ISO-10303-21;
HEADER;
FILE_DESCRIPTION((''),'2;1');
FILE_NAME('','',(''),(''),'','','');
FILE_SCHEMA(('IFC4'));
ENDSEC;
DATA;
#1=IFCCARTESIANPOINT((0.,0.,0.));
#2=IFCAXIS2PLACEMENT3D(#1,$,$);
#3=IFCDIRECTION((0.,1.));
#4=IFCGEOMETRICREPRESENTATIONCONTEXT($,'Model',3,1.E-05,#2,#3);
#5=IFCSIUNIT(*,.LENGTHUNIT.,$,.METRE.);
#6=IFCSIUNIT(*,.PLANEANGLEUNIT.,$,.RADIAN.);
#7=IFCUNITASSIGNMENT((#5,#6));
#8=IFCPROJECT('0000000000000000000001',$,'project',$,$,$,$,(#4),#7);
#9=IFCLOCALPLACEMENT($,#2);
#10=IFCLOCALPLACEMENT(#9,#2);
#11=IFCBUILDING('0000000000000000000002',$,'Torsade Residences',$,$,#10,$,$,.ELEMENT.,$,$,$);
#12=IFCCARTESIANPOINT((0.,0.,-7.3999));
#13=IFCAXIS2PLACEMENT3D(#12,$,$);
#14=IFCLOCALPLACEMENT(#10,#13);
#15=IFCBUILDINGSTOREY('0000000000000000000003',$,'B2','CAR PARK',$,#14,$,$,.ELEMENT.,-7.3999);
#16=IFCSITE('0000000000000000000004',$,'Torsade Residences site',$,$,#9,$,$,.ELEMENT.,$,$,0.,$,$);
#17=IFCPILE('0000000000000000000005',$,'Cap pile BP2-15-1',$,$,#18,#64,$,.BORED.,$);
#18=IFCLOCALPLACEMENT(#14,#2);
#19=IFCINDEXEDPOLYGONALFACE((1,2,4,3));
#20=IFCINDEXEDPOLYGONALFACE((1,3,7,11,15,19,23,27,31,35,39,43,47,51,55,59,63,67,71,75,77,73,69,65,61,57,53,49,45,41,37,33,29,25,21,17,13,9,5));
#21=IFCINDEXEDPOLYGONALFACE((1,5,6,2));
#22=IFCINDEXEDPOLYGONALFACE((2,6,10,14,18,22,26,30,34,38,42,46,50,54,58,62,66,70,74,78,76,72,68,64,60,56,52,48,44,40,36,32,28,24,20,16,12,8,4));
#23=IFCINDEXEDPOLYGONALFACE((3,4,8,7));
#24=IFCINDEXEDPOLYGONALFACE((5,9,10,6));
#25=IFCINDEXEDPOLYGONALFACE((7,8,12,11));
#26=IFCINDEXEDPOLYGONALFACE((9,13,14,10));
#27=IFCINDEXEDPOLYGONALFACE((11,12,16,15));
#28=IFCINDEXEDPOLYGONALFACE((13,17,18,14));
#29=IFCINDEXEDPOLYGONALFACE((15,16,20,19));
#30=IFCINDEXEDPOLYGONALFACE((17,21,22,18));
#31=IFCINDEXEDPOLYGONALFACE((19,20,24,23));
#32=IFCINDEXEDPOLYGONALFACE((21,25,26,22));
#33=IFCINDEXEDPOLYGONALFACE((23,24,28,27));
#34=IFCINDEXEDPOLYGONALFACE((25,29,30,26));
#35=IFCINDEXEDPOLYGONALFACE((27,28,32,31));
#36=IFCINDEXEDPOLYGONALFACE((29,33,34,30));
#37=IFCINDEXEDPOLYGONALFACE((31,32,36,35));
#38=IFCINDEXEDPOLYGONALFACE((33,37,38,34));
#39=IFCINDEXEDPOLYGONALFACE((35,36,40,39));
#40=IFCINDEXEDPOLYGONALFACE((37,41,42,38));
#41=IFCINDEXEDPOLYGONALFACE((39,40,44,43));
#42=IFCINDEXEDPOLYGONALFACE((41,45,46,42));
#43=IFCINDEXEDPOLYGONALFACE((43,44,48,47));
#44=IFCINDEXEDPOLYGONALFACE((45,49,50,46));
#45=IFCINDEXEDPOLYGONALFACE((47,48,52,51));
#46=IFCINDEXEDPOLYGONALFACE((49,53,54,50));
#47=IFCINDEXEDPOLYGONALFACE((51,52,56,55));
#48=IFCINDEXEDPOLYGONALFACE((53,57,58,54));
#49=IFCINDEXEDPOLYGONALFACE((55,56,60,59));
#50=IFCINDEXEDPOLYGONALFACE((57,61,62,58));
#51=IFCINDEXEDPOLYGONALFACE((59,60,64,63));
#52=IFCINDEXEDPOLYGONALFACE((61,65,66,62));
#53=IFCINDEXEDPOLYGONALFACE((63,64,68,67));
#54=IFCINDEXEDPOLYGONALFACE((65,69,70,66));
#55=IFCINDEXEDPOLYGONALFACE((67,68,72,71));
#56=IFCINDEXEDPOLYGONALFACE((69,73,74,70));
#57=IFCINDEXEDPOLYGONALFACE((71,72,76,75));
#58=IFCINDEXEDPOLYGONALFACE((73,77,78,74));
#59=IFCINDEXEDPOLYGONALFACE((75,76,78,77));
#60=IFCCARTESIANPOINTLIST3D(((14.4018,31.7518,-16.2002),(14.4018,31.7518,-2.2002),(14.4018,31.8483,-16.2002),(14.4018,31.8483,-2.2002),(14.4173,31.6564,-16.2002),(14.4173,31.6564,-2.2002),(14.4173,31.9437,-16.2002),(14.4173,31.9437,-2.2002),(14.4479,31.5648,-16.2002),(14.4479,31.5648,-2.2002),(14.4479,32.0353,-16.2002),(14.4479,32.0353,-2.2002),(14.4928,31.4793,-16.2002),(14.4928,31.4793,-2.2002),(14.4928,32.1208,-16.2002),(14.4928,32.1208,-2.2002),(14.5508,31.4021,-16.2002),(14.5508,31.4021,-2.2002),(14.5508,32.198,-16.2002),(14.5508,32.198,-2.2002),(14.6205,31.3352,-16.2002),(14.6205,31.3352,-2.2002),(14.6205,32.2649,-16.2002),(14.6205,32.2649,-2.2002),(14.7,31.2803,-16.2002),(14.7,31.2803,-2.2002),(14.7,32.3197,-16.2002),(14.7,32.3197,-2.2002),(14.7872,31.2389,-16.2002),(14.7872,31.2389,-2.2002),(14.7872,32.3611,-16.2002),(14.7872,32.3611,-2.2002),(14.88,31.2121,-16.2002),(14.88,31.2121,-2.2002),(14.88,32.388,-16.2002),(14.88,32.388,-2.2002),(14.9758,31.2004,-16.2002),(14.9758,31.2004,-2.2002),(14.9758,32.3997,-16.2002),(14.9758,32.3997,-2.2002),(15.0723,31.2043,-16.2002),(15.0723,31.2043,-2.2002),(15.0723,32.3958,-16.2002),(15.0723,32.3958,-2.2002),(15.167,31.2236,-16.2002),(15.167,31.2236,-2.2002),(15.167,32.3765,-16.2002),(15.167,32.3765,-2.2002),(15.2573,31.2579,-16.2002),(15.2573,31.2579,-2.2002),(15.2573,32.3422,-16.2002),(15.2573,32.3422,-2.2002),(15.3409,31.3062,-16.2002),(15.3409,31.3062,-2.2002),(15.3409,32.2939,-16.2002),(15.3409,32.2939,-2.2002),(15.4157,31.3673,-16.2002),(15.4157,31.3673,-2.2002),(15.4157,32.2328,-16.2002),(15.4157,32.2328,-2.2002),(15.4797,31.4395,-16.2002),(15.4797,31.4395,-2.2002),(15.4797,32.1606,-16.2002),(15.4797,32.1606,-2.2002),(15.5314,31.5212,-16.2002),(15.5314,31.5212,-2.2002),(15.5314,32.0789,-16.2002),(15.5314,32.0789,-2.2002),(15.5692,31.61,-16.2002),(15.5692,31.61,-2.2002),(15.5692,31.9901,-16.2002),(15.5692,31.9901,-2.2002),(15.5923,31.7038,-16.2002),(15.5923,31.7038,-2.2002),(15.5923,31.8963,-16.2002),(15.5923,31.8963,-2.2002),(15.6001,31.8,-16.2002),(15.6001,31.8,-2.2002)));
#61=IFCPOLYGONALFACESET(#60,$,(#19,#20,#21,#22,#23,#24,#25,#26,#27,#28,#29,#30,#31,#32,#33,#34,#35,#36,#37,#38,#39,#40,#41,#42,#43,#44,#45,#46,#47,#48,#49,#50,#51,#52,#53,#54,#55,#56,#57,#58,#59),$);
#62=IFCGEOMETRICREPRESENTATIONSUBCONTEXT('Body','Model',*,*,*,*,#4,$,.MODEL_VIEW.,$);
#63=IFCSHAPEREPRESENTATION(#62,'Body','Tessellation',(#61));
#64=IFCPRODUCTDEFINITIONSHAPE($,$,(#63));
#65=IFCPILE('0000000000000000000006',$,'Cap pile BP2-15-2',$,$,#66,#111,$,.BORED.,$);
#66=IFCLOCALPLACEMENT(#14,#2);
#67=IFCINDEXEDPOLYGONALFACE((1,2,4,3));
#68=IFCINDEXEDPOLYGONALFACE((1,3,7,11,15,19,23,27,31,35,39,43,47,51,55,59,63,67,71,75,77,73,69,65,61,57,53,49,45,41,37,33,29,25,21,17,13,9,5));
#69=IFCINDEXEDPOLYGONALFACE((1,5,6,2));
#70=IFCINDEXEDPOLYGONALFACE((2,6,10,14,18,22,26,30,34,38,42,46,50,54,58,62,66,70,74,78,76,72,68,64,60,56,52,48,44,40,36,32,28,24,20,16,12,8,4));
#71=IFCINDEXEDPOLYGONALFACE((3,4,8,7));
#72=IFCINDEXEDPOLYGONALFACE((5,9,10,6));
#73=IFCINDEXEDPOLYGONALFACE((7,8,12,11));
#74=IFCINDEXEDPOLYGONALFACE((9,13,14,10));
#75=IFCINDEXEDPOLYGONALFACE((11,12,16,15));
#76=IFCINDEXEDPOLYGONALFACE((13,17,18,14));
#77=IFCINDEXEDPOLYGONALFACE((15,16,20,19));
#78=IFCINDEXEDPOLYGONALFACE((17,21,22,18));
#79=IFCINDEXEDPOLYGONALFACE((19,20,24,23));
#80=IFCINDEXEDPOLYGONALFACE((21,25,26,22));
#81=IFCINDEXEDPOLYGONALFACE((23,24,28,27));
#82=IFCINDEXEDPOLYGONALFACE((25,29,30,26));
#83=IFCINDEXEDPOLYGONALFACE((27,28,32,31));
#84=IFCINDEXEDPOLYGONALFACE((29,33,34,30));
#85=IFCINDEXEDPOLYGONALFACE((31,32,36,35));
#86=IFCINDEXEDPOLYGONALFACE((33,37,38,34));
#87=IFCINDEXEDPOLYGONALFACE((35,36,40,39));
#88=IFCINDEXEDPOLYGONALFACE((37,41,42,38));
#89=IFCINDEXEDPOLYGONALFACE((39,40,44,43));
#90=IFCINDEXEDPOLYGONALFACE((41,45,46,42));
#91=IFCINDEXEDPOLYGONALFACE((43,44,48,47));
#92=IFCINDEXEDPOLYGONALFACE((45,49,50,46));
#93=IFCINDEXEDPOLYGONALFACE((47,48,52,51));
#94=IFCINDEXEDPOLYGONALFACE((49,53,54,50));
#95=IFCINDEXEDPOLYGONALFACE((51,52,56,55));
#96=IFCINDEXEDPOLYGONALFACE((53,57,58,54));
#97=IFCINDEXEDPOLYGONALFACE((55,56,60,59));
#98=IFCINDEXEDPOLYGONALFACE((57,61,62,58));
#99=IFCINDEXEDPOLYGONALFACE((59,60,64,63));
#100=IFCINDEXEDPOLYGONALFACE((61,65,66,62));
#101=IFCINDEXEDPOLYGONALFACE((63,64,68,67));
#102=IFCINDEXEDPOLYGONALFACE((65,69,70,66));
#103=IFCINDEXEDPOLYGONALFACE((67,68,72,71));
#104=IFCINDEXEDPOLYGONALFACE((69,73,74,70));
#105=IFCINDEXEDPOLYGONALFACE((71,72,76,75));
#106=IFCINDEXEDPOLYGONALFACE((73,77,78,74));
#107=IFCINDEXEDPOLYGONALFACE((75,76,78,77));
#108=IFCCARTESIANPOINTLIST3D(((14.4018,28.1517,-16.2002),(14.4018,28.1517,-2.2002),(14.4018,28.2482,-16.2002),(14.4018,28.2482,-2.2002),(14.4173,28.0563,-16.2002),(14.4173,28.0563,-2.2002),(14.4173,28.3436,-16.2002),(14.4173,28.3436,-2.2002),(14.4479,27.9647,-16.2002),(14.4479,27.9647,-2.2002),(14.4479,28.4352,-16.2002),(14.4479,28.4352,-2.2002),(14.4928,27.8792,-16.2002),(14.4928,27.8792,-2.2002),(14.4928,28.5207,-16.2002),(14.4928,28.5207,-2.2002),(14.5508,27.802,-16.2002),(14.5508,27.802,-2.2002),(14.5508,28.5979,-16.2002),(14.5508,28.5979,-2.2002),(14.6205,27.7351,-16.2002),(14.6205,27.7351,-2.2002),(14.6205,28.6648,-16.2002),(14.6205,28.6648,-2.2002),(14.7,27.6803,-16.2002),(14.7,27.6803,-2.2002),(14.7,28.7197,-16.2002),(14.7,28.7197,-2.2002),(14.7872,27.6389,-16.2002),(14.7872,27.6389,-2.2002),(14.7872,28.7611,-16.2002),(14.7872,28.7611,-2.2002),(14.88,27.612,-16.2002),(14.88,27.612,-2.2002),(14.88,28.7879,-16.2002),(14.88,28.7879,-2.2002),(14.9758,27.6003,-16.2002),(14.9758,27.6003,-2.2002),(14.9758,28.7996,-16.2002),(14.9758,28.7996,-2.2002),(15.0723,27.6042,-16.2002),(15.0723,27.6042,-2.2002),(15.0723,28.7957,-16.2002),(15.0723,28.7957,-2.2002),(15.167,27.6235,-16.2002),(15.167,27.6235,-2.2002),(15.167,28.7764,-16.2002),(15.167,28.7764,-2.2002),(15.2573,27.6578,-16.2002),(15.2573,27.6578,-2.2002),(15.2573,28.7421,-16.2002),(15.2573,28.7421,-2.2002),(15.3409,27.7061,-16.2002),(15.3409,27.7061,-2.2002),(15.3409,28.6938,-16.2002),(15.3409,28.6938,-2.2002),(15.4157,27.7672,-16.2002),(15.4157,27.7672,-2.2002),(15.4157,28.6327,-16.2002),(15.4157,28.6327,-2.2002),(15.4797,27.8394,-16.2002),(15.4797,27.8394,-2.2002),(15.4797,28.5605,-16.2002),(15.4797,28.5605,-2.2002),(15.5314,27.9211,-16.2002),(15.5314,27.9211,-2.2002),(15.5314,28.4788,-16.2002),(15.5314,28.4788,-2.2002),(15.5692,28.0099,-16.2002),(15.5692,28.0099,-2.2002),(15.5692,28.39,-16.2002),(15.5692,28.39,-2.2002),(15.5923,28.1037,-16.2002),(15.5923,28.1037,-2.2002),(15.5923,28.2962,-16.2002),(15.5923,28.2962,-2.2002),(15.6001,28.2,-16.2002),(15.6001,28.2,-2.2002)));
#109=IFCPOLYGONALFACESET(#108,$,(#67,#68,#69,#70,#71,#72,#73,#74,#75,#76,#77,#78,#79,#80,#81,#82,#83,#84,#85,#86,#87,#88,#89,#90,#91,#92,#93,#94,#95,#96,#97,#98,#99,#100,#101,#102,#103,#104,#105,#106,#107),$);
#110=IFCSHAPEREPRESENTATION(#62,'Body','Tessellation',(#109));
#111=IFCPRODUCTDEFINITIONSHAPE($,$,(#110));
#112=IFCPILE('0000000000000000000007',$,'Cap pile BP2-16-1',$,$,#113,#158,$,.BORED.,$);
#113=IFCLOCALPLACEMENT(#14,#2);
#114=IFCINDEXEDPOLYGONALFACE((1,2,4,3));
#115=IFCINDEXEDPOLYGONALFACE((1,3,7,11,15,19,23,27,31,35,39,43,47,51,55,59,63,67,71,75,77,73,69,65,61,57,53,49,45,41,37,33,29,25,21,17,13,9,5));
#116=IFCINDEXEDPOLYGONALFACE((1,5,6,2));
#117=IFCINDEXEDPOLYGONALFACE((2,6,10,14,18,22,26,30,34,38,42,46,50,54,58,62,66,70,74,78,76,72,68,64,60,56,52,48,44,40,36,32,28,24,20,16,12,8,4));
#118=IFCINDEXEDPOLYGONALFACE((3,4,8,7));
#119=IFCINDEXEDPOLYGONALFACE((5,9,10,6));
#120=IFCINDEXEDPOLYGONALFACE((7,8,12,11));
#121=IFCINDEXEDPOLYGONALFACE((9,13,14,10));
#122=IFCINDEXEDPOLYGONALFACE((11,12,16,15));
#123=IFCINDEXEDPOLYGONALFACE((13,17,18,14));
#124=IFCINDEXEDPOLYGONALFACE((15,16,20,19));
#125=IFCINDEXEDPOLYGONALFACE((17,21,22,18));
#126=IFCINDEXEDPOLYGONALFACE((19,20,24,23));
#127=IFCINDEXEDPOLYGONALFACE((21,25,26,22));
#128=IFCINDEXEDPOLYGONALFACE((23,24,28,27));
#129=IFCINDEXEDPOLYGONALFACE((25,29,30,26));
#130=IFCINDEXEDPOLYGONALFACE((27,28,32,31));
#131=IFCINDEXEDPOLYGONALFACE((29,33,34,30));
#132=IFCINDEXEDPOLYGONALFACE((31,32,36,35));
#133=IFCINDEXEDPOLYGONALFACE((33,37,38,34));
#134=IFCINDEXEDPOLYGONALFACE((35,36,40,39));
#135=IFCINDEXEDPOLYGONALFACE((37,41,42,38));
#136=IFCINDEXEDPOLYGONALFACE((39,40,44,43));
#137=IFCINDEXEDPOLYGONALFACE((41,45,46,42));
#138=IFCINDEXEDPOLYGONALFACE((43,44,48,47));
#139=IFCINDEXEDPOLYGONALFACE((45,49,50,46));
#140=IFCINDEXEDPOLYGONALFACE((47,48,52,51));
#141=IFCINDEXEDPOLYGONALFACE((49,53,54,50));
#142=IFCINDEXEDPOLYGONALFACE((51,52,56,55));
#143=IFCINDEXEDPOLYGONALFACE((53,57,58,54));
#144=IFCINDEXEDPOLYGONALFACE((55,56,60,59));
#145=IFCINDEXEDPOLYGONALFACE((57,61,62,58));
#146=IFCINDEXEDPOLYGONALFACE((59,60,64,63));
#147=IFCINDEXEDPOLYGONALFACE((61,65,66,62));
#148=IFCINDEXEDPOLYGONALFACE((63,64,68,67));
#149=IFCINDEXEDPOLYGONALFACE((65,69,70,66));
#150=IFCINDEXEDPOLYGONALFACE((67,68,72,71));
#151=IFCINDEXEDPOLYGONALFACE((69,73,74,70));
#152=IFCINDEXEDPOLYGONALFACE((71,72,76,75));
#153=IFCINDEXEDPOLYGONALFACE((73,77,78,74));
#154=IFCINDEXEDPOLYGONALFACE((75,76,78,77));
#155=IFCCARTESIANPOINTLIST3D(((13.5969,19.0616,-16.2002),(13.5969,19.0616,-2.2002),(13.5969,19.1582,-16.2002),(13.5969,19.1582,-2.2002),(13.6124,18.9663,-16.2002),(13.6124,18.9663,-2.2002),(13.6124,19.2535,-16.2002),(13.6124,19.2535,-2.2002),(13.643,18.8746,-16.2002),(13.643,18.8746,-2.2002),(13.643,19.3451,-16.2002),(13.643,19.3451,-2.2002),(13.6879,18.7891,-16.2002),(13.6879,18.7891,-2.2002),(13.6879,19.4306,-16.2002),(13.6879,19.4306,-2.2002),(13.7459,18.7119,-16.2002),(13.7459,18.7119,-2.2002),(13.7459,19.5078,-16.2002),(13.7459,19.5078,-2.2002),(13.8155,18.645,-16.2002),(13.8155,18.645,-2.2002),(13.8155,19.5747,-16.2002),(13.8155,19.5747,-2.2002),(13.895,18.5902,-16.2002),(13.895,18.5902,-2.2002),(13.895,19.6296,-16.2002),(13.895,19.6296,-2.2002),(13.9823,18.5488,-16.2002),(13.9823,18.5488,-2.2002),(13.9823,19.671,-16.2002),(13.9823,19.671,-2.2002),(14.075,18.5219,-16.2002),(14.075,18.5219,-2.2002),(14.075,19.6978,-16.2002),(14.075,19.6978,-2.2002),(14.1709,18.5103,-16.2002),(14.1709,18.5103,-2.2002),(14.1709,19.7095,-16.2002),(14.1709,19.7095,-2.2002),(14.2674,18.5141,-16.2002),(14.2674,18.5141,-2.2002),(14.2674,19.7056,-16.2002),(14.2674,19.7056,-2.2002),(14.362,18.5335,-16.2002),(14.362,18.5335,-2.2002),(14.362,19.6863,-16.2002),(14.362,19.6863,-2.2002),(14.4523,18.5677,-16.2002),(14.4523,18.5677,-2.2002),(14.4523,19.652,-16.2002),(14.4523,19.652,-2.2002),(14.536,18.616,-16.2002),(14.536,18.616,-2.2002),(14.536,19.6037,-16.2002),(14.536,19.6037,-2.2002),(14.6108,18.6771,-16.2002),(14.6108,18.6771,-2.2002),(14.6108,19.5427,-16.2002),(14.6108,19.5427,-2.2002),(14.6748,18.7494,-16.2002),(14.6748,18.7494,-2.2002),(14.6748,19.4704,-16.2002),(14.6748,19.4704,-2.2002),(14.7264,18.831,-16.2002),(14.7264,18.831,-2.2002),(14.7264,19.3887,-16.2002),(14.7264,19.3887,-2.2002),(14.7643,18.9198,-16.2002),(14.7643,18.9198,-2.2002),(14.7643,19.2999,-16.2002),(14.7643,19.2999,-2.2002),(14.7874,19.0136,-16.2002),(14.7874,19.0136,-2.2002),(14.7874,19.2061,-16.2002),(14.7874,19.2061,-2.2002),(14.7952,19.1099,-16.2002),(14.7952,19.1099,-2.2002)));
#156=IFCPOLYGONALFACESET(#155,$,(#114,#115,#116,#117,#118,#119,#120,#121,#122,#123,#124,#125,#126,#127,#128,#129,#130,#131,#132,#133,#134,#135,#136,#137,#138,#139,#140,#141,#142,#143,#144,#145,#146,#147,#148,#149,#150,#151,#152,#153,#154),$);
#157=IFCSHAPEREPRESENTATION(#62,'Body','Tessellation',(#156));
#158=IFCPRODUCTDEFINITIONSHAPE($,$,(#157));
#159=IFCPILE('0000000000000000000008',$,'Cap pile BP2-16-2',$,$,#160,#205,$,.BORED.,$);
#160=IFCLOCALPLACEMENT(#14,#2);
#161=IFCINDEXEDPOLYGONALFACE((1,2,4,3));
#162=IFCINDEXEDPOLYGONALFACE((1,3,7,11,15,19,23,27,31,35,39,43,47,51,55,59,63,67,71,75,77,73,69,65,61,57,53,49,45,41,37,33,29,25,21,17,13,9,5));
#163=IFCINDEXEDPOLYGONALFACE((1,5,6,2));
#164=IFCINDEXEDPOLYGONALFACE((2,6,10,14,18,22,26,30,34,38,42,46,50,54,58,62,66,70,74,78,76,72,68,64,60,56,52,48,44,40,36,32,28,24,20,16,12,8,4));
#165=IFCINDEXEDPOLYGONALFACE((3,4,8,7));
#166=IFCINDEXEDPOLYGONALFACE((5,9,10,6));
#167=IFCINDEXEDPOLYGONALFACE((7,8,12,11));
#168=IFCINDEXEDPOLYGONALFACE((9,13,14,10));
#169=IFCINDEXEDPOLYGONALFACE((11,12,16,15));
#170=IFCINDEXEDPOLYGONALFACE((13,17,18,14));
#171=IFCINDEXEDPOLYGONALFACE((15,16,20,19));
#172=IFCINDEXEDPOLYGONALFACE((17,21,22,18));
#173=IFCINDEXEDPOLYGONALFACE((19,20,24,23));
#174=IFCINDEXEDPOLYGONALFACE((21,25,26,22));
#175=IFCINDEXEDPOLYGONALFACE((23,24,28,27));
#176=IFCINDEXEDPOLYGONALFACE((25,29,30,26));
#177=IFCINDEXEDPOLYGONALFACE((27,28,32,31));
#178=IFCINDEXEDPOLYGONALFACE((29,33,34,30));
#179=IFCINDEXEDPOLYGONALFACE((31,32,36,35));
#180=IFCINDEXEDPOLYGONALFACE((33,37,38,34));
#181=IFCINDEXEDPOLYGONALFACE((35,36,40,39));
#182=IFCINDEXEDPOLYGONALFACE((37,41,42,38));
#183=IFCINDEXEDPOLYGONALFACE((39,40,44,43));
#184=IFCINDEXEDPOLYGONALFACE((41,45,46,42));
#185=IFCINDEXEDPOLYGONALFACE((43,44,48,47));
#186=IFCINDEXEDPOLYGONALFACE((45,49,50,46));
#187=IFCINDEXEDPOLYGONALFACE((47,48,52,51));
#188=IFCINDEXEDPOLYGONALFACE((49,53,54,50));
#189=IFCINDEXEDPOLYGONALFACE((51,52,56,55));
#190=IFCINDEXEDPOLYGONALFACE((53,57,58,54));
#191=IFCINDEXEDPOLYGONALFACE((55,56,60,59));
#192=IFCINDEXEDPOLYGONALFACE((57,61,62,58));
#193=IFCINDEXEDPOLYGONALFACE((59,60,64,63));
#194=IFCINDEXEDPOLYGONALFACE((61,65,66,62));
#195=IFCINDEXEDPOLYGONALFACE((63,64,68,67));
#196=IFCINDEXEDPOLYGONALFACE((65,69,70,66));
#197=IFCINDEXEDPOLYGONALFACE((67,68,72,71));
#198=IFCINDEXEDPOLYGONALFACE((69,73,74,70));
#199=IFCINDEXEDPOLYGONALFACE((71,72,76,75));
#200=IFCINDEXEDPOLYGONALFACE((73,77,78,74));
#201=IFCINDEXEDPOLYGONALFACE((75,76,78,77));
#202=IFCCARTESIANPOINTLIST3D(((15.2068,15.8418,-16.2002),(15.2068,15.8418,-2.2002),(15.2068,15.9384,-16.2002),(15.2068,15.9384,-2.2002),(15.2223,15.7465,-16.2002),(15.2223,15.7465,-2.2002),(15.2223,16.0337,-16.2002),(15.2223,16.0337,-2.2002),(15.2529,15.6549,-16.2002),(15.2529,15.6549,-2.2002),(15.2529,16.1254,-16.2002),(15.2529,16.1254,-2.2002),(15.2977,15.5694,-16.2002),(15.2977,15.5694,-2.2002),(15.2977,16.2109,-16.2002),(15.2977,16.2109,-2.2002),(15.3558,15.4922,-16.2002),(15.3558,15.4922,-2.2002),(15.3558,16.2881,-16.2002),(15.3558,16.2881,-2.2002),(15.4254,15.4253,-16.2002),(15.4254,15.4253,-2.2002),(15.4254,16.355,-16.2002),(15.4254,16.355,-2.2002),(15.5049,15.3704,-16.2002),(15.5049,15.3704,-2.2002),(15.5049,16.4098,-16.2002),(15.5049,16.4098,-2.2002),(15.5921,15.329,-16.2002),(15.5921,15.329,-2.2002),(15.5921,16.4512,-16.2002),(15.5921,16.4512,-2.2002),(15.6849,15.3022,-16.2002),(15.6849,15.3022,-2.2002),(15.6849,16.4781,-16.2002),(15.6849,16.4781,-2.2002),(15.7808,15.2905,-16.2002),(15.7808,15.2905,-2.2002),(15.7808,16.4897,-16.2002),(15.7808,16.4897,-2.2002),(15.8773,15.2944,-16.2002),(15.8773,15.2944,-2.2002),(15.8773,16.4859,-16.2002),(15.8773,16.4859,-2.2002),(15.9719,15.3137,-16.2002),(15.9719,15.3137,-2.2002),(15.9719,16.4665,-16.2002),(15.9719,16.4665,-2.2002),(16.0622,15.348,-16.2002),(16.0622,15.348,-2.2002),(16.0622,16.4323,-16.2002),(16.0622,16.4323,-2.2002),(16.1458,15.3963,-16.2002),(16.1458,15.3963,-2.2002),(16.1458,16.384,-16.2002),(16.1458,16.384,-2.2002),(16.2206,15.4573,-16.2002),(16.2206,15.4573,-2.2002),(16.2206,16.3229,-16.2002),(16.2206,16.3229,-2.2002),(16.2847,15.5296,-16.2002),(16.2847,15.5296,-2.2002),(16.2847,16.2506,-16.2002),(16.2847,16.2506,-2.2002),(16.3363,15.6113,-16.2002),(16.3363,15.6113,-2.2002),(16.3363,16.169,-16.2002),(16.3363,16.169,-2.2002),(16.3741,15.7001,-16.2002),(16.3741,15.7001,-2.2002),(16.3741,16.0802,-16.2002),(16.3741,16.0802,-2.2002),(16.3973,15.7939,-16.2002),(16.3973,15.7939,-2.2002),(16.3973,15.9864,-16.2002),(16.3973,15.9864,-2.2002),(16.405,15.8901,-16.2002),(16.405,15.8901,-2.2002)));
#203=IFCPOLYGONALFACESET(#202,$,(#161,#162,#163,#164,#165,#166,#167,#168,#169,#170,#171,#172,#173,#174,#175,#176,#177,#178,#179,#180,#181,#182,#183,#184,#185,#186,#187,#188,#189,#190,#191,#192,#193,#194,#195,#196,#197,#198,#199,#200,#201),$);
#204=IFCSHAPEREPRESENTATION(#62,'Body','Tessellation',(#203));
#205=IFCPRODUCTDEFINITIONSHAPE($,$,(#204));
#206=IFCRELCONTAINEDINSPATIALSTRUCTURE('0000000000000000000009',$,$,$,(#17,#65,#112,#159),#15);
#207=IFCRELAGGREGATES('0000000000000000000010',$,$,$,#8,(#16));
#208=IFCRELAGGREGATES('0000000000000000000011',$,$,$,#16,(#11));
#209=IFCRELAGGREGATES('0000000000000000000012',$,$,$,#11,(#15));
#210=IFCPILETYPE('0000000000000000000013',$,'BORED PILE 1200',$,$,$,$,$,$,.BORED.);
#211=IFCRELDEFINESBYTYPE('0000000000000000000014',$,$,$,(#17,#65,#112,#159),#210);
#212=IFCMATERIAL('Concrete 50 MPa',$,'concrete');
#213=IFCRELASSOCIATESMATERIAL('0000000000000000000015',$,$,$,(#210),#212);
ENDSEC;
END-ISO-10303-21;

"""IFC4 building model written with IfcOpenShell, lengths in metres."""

from ifc_helpers import new_model, si_unit, direction, frame, origin, origin_2d, place, context, subcontext, project, spatial, circle, extrude, material, type_object, element, save


model = new_model("IFC4")

# Units and contexts
model_context = context("Model", 3, precision=1e-05, world=origin(), true_north=direction((0.0, 1.0)))
body_context = subcontext(model_context, "Body", "Model", "MODEL_VIEW")
ifc_project = project(units=[si_unit("LENGTHUNIT", "METRE"), si_unit("PLANEANGLEUNIT", "RADIAN")], contexts=[model_context])

# Site, building, storey
site_placement = place(None, origin())
site = spatial("IfcSite", under=ifc_project, at=site_placement, Name="Torsade Residences site", CompositionType="ELEMENT", RefElevation=0.0)
building_placement = place(site_placement, origin())
building = spatial("IfcBuilding", under=site, at=building_placement, Name="Torsade Residences", CompositionType="ELEMENT")
storey_placement = place(building_placement, frame((0.0, 0.0, -7.3999)))
storey = spatial("IfcBuildingStorey", under=building, at=storey_placement, Name="B2", Description="CAR PARK", CompositionType="ELEMENT", Elevation=-7.3999)

# Piles
ifc_material_1 = material(Name="Concrete 50 MPa", Category="concrete")
pile_type_1 = type_object("IfcPileType", Name="BORED PILE 1200", PredefinedType="BORED", material=ifc_material_1)
for number, where, z_axis, x_axis, name in (
    (1, (15.0, 31.8, -2.2002), (0.0, 0.0, -1.0), (1.0, 0.0, 0.0), "Cap pile BP2-15-1"),
    (2, (15.0, 28.2, -2.2002), (0.0, 0.0, -1.0), (1.0, 0.0, 0.0), "Cap pile BP2-15-2"),
    (3, (14.1951, 19.1099, -2.2002), (0.0, 0.0, -1.0), (1.0, 0.0, 0.0), "Cap pile BP2-16-1"),
    (4, (15.8049, 15.8901, -2.2002), (0.0, 0.0, -1.0), (1.0, 0.0, 0.0), "Cap pile BP2-16-2"),
):
    element("IfcPile", number, at=place(storey_placement, frame(where, z_axis=z_axis, x_axis=x_axis)), inside=storey, type_object=pile_type_1, Name=name, PredefinedType="BORED", context=body_context, shape_type="SweptSolid", body=[
        extrude(circle(Radius=0.6001, at=origin_2d()), origin(), (0.0, 0.0, 1.0), 14.0),
    ])

save(model, "model.ifc")
